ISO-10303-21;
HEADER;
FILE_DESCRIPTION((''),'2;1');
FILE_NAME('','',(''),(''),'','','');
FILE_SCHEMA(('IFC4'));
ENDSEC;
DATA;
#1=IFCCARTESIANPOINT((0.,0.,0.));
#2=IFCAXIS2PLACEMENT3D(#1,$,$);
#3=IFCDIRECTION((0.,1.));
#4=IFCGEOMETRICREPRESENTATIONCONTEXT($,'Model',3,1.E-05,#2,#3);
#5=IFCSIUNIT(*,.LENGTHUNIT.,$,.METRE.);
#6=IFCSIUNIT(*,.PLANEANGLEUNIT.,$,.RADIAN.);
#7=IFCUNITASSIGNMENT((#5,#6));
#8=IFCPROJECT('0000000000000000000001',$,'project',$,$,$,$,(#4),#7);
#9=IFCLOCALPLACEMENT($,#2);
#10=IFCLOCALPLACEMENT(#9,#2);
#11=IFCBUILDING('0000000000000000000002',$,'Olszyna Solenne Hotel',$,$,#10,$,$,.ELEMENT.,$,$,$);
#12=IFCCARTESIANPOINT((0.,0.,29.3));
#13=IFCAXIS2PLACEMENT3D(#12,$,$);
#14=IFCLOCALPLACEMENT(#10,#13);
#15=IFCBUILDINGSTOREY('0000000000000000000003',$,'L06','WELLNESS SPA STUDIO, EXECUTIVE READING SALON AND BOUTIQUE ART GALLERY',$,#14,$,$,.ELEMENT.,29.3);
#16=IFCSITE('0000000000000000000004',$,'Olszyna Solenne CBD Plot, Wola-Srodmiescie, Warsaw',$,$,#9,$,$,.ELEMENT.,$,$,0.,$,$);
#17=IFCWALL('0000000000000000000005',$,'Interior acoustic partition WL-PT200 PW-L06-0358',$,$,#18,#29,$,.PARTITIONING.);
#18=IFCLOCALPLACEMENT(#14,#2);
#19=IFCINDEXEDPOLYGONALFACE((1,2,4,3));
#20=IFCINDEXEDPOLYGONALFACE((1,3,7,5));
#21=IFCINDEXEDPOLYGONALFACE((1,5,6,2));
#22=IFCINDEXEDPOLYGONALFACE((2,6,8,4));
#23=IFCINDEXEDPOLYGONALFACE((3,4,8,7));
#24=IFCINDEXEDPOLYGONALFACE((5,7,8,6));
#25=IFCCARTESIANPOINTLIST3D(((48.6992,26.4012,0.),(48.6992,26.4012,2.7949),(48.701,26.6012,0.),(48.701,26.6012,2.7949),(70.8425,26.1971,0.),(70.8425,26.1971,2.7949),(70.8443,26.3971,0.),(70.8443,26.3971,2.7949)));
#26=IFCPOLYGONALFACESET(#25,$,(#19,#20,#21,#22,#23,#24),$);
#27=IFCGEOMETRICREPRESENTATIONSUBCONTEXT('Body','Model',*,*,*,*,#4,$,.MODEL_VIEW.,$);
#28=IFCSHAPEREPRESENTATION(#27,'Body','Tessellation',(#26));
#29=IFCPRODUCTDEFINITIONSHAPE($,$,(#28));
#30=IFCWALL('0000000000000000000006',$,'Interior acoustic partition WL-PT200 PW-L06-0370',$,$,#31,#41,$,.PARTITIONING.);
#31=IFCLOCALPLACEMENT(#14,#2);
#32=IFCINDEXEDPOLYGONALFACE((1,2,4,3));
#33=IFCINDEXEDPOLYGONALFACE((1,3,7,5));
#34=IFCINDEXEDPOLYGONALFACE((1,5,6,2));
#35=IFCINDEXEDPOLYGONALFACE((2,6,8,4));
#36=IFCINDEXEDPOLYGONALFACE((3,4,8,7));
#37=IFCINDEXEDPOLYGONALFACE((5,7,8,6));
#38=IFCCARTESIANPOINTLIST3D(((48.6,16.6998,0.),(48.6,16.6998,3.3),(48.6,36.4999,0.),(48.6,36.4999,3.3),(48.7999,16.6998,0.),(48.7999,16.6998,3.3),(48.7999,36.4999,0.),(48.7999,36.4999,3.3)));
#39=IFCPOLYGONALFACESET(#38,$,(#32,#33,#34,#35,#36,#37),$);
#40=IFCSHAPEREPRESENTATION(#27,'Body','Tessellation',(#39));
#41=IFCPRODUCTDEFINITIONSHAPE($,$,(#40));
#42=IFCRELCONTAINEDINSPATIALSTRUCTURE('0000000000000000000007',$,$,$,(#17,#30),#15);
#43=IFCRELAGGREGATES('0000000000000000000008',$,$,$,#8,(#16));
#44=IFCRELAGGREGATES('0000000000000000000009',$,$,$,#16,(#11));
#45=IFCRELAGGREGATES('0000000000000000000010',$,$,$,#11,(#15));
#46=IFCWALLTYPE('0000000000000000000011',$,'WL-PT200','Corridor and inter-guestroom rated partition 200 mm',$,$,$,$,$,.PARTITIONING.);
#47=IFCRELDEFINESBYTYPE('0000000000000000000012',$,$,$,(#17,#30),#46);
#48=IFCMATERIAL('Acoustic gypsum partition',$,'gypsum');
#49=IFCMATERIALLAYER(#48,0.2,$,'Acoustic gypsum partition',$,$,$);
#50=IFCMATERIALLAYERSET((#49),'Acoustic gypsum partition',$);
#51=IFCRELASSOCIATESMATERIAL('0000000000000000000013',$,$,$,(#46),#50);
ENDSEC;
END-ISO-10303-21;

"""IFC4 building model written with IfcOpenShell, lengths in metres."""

from ifc_helpers import new_model, si_unit, direction, frame, frame_2d, origin, place, context, subcontext, project, spatial, rectangle, extrude, material, layer, layer_set, type_object, element, save


model = new_model("IFC4")

# Units and contexts
model_context = context("Model", 3, precision=1e-05, world=origin(), true_north=direction((0.0, 1.0)))
body_context = subcontext(model_context, "Body", "Model", "MODEL_VIEW")
ifc_project = project(units=[si_unit("LENGTHUNIT", "METRE"), si_unit("PLANEANGLEUNIT", "RADIAN")], contexts=[model_context])

# Site, building, storey
site_placement = place(None, origin())
site = spatial("IfcSite", under=ifc_project, at=site_placement, Name="Olszyna Solenne CBD Plot, Wola-Srodmiescie, Warsaw", CompositionType="ELEMENT", RefElevation=0.0)
building_placement = place(site_placement, origin())
building = spatial("IfcBuilding", under=site, at=building_placement, Name="Olszyna Solenne Hotel", CompositionType="ELEMENT")
storey_placement = place(building_placement, frame((0.0, 0.0, 29.3)))
storey = spatial("IfcBuildingStorey", under=building, at=storey_placement, Name="L06", Description="WELLNESS SPA STUDIO, EXECUTIVE READING SALON AND BOUTIQUE ART GALLERY", CompositionType="ELEMENT", Elevation=29.3)

# Walls
ifc_material_1 = material(Name="Acoustic gypsum partition", Category="gypsum")
ifc_layer_1 = layer(ifc_material_1, 0.2, Name="Acoustic gypsum partition")
ifc_layer_set_1 = layer_set([ifc_layer_1], Name="Acoustic gypsum partition")
wall_type_1 = type_object("IfcWallType", Name="WL-PT200", Description="Corridor and inter-guestroom rated partition 200 mm", PredefinedType="PARTITIONING", material=ifc_layer_set_1)
wall_1_placement = place(storey_placement, frame((48.7, 26.5012, 0.0), z_axis=(0.0, 0.0, 1.0), x_axis=(0.999958, -0.009217, 0.0)))
element("IfcWall", 1, at=wall_1_placement, inside=storey, type_object=wall_type_1, Name="Interior acoustic partition WL-PT200 PW-L06-0358", PredefinedType="PARTITIONING", context=body_context, shape_type="SweptSolid", body=[
    extrude(rectangle(XDim=22.1443, YDim=0.2, at=frame_2d((11.0723, 0.0))), origin(), (0.0, 0.0, 1.0), 2.7949),
])
wall_2_placement = place(storey_placement, frame((48.7, 16.7, 0.0), z_axis=(0.0, 0.0, 1.0), x_axis=(0.0, 1.0, 0.0)))
element("IfcWall", 2, at=wall_2_placement, inside=storey, type_object=wall_type_1, Name="Interior acoustic partition WL-PT200 PW-L06-0370", PredefinedType="PARTITIONING", context=body_context, shape_type="SweptSolid", body=[
    extrude(rectangle(XDim=19.8, YDim=0.2, at=frame_2d((9.8999, 0.0))), origin(), (0.0, 0.0, 1.0), 3.3),
])

save(model, "model.ifc")
